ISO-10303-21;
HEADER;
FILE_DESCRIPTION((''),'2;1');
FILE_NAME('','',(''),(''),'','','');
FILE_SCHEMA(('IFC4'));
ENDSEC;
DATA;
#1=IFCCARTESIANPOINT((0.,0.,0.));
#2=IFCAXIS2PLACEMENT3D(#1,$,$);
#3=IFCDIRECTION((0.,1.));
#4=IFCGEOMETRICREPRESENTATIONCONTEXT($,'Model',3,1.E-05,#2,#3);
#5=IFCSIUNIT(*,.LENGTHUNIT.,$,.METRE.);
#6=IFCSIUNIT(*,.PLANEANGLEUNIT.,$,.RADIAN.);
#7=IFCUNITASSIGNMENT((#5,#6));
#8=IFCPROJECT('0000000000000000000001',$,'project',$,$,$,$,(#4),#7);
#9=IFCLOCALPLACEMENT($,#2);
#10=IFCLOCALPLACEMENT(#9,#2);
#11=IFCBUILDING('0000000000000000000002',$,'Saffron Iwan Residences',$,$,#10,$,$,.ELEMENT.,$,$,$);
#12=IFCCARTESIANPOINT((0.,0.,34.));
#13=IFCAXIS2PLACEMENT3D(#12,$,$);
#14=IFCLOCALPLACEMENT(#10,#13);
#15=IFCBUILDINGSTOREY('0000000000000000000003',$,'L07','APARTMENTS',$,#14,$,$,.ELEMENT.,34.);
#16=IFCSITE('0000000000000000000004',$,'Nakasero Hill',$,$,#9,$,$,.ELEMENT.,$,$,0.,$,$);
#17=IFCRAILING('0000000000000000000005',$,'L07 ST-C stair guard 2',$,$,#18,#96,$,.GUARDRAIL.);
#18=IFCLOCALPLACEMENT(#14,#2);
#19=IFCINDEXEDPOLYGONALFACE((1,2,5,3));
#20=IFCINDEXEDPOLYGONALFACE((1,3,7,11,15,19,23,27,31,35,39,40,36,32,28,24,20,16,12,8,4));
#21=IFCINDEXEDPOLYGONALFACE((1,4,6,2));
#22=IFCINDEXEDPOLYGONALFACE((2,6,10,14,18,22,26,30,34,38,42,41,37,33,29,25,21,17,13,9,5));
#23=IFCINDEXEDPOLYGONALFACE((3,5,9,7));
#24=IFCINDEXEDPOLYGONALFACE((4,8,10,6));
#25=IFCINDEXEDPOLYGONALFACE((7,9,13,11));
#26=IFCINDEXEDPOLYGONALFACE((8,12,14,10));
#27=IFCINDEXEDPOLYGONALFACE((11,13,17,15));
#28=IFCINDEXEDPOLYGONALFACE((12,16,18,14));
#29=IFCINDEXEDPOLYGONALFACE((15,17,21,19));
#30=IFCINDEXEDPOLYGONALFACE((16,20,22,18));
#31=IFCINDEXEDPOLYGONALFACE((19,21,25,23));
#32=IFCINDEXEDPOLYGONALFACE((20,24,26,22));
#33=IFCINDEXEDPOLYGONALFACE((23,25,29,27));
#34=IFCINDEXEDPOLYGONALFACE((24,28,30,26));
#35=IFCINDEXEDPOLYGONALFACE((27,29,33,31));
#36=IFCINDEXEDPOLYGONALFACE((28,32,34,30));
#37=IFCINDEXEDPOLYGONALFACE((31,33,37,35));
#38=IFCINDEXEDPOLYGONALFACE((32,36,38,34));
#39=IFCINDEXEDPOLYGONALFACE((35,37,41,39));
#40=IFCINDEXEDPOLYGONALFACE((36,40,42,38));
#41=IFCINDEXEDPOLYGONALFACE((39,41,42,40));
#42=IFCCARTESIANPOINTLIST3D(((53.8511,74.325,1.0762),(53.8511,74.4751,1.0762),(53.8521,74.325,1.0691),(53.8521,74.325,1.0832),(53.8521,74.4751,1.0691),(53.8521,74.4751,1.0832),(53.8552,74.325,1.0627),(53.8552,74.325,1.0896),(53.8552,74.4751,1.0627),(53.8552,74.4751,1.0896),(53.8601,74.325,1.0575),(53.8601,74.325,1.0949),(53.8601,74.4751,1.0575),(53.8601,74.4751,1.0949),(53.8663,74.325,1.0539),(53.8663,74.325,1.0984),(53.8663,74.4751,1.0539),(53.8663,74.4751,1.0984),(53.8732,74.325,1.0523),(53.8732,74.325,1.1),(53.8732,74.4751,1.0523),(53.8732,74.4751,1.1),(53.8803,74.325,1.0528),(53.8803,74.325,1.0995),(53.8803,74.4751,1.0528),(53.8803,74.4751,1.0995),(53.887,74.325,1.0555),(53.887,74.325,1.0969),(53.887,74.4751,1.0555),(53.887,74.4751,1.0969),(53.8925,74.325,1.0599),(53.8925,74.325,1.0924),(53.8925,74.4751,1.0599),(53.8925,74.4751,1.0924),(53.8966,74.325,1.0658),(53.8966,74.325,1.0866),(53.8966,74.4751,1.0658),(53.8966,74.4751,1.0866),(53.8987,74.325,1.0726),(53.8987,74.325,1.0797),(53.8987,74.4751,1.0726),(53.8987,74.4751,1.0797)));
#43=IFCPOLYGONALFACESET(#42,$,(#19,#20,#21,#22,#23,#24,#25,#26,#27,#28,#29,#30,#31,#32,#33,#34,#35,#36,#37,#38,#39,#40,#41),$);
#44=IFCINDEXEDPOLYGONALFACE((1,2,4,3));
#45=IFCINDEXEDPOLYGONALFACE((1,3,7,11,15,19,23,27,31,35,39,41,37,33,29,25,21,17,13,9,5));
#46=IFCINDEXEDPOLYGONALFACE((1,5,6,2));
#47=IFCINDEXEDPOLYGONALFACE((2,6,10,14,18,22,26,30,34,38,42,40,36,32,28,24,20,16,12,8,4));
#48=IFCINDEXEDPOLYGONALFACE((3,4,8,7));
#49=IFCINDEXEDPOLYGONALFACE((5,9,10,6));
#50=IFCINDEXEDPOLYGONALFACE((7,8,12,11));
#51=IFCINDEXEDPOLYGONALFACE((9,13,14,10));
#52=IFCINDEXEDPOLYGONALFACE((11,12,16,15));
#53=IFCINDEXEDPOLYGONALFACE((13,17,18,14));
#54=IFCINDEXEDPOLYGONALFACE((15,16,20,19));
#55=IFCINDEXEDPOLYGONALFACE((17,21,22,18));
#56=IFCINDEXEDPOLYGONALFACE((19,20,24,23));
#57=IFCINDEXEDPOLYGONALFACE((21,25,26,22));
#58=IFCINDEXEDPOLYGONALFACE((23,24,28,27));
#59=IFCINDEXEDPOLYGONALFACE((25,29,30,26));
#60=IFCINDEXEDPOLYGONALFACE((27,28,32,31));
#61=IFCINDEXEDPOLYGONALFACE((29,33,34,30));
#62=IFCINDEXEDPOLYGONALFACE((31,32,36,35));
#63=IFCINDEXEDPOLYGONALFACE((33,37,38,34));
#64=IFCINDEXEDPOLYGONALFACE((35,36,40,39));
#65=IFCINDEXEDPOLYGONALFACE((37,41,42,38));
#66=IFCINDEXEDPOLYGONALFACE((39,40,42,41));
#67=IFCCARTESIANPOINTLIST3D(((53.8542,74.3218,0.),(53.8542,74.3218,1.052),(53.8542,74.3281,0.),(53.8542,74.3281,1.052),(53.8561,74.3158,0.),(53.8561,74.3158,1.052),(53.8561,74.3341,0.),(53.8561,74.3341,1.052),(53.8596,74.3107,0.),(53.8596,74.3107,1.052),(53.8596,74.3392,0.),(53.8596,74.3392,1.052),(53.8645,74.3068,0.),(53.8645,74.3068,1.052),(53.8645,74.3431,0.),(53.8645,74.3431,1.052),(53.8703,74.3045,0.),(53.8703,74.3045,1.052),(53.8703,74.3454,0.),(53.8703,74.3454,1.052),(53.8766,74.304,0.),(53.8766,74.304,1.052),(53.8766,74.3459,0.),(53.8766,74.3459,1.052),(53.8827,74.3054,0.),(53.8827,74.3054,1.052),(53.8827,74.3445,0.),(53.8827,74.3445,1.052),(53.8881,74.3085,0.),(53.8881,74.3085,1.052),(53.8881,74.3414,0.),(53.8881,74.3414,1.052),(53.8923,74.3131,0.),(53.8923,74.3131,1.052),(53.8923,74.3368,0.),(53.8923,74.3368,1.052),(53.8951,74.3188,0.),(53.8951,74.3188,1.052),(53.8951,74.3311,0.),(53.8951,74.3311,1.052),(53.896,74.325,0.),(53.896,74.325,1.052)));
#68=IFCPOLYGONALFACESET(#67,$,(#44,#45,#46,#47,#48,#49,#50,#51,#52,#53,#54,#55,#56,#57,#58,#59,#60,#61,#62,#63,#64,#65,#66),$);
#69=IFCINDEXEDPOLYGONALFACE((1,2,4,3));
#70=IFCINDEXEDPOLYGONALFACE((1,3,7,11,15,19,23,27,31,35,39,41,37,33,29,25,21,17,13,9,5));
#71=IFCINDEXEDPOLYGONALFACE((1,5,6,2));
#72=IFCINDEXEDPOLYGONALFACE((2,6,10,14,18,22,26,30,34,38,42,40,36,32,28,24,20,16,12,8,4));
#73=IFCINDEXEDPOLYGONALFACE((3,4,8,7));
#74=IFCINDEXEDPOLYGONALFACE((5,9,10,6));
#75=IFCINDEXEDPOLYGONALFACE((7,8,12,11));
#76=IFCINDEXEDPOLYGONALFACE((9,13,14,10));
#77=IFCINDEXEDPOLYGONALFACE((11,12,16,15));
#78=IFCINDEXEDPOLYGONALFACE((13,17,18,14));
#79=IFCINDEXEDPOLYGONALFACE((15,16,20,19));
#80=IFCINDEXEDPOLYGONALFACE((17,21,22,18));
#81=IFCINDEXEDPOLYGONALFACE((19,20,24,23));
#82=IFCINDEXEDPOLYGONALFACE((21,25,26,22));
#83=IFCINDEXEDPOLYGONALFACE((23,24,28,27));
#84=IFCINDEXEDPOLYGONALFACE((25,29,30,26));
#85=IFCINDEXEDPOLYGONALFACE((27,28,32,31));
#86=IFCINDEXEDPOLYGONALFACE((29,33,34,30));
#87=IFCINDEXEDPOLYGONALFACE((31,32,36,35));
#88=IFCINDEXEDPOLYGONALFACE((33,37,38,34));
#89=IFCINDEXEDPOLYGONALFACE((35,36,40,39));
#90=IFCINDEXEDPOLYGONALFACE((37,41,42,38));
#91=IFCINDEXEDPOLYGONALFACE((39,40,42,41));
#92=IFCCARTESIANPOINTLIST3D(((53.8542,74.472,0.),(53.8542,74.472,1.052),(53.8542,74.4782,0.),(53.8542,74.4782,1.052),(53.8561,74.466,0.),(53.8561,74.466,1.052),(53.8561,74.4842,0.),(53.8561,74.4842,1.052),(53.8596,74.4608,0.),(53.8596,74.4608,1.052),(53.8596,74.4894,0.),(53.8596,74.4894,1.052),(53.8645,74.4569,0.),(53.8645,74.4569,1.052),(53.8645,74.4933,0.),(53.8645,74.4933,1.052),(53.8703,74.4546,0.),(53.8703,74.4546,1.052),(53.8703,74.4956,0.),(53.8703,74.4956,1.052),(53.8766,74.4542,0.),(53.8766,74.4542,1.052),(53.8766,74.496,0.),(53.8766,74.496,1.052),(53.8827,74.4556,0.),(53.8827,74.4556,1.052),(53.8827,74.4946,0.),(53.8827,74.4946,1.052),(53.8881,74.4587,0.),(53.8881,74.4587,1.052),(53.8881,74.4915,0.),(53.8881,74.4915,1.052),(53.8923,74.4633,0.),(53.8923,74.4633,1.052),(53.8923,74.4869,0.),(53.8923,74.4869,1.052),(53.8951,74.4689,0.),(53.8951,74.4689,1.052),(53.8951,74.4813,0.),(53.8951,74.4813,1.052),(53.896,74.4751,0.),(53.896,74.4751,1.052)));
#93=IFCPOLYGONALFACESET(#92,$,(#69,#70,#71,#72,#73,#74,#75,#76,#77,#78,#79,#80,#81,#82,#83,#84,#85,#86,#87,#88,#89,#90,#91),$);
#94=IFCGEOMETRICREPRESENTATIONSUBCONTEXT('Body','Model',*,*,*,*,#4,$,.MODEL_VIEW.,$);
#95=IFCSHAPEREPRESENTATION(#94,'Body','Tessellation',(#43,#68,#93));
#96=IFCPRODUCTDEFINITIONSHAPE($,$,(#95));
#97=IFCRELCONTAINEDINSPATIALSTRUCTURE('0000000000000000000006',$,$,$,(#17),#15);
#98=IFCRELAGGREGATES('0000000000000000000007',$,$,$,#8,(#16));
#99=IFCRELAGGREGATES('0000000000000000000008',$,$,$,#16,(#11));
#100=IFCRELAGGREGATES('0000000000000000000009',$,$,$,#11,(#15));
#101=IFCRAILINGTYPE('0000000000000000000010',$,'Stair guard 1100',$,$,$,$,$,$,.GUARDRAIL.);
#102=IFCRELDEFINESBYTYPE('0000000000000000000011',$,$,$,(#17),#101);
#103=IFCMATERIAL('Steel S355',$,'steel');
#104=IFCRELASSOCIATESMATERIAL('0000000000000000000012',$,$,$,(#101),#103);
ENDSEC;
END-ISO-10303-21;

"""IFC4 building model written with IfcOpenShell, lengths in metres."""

from ifc_helpers import new_model, si_unit, direction, frame, origin, origin_2d, place, context, subcontext, project, spatial, circle, extrude, material, type_object, element, save


model = new_model("IFC4")

# Units and contexts
model_context = context("Model", 3, precision=1e-05, world=origin(), true_north=direction((0.0, 1.0)))
body_context = subcontext(model_context, "Body", "Model", "MODEL_VIEW")
ifc_project = project(units=[si_unit("LENGTHUNIT", "METRE"), si_unit("PLANEANGLEUNIT", "RADIAN")], contexts=[model_context])

# Site, building, storey
site_placement = place(None, origin())
site = spatial("IfcSite", under=ifc_project, at=site_placement, Name="Nakasero Hill", CompositionType="ELEMENT", RefElevation=0.0)
building_placement = place(site_placement, origin())
building = spatial("IfcBuilding", under=site, at=building_placement, Name="Saffron Iwan Residences", CompositionType="ELEMENT")
storey_placement = place(building_placement, frame((0.0, 0.0, 34.0)))
storey = spatial("IfcBuildingStorey", under=building, at=storey_placement, Name="L07", Description="APARTMENTS", CompositionType="ELEMENT", Elevation=34.0)

# Railing
ifc_material_1 = material(Name="Steel S355", Category="steel")
railing_type_1 = type_object("IfcRailingType", Name="Stair guard 1100", PredefinedType="GUARDRAIL", material=ifc_material_1)
railing_1_placement = place(storey_placement, frame((53.875, 74.325, 0.0)))
element("IfcRailing", 1, at=railing_1_placement, inside=storey, type_object=railing_type_1, Name="L07 ST-C stair guard 2", PredefinedType="GUARDRAIL", context=body_context, shape_type="SweptSolid", body=[
    extrude(circle(Radius=0.0239, at=origin_2d()), frame((0.0, 0.0, 1.0762), z_axis=(0.0, 1.0, 0.0), x_axis=(-1.0, 0.0, 0.0)), (0.0, 0.0, 1.0), 0.1501),
    extrude(circle(Radius=0.021, at=origin_2d()), origin(), (0.0, 0.0, 1.0), 1.052),
    extrude(circle(Radius=0.021, at=origin_2d()), frame((0.0, 0.1501, 0.0)), (0.0, 0.0, 1.0), 1.052),
])

save(model, "model.ifc")
